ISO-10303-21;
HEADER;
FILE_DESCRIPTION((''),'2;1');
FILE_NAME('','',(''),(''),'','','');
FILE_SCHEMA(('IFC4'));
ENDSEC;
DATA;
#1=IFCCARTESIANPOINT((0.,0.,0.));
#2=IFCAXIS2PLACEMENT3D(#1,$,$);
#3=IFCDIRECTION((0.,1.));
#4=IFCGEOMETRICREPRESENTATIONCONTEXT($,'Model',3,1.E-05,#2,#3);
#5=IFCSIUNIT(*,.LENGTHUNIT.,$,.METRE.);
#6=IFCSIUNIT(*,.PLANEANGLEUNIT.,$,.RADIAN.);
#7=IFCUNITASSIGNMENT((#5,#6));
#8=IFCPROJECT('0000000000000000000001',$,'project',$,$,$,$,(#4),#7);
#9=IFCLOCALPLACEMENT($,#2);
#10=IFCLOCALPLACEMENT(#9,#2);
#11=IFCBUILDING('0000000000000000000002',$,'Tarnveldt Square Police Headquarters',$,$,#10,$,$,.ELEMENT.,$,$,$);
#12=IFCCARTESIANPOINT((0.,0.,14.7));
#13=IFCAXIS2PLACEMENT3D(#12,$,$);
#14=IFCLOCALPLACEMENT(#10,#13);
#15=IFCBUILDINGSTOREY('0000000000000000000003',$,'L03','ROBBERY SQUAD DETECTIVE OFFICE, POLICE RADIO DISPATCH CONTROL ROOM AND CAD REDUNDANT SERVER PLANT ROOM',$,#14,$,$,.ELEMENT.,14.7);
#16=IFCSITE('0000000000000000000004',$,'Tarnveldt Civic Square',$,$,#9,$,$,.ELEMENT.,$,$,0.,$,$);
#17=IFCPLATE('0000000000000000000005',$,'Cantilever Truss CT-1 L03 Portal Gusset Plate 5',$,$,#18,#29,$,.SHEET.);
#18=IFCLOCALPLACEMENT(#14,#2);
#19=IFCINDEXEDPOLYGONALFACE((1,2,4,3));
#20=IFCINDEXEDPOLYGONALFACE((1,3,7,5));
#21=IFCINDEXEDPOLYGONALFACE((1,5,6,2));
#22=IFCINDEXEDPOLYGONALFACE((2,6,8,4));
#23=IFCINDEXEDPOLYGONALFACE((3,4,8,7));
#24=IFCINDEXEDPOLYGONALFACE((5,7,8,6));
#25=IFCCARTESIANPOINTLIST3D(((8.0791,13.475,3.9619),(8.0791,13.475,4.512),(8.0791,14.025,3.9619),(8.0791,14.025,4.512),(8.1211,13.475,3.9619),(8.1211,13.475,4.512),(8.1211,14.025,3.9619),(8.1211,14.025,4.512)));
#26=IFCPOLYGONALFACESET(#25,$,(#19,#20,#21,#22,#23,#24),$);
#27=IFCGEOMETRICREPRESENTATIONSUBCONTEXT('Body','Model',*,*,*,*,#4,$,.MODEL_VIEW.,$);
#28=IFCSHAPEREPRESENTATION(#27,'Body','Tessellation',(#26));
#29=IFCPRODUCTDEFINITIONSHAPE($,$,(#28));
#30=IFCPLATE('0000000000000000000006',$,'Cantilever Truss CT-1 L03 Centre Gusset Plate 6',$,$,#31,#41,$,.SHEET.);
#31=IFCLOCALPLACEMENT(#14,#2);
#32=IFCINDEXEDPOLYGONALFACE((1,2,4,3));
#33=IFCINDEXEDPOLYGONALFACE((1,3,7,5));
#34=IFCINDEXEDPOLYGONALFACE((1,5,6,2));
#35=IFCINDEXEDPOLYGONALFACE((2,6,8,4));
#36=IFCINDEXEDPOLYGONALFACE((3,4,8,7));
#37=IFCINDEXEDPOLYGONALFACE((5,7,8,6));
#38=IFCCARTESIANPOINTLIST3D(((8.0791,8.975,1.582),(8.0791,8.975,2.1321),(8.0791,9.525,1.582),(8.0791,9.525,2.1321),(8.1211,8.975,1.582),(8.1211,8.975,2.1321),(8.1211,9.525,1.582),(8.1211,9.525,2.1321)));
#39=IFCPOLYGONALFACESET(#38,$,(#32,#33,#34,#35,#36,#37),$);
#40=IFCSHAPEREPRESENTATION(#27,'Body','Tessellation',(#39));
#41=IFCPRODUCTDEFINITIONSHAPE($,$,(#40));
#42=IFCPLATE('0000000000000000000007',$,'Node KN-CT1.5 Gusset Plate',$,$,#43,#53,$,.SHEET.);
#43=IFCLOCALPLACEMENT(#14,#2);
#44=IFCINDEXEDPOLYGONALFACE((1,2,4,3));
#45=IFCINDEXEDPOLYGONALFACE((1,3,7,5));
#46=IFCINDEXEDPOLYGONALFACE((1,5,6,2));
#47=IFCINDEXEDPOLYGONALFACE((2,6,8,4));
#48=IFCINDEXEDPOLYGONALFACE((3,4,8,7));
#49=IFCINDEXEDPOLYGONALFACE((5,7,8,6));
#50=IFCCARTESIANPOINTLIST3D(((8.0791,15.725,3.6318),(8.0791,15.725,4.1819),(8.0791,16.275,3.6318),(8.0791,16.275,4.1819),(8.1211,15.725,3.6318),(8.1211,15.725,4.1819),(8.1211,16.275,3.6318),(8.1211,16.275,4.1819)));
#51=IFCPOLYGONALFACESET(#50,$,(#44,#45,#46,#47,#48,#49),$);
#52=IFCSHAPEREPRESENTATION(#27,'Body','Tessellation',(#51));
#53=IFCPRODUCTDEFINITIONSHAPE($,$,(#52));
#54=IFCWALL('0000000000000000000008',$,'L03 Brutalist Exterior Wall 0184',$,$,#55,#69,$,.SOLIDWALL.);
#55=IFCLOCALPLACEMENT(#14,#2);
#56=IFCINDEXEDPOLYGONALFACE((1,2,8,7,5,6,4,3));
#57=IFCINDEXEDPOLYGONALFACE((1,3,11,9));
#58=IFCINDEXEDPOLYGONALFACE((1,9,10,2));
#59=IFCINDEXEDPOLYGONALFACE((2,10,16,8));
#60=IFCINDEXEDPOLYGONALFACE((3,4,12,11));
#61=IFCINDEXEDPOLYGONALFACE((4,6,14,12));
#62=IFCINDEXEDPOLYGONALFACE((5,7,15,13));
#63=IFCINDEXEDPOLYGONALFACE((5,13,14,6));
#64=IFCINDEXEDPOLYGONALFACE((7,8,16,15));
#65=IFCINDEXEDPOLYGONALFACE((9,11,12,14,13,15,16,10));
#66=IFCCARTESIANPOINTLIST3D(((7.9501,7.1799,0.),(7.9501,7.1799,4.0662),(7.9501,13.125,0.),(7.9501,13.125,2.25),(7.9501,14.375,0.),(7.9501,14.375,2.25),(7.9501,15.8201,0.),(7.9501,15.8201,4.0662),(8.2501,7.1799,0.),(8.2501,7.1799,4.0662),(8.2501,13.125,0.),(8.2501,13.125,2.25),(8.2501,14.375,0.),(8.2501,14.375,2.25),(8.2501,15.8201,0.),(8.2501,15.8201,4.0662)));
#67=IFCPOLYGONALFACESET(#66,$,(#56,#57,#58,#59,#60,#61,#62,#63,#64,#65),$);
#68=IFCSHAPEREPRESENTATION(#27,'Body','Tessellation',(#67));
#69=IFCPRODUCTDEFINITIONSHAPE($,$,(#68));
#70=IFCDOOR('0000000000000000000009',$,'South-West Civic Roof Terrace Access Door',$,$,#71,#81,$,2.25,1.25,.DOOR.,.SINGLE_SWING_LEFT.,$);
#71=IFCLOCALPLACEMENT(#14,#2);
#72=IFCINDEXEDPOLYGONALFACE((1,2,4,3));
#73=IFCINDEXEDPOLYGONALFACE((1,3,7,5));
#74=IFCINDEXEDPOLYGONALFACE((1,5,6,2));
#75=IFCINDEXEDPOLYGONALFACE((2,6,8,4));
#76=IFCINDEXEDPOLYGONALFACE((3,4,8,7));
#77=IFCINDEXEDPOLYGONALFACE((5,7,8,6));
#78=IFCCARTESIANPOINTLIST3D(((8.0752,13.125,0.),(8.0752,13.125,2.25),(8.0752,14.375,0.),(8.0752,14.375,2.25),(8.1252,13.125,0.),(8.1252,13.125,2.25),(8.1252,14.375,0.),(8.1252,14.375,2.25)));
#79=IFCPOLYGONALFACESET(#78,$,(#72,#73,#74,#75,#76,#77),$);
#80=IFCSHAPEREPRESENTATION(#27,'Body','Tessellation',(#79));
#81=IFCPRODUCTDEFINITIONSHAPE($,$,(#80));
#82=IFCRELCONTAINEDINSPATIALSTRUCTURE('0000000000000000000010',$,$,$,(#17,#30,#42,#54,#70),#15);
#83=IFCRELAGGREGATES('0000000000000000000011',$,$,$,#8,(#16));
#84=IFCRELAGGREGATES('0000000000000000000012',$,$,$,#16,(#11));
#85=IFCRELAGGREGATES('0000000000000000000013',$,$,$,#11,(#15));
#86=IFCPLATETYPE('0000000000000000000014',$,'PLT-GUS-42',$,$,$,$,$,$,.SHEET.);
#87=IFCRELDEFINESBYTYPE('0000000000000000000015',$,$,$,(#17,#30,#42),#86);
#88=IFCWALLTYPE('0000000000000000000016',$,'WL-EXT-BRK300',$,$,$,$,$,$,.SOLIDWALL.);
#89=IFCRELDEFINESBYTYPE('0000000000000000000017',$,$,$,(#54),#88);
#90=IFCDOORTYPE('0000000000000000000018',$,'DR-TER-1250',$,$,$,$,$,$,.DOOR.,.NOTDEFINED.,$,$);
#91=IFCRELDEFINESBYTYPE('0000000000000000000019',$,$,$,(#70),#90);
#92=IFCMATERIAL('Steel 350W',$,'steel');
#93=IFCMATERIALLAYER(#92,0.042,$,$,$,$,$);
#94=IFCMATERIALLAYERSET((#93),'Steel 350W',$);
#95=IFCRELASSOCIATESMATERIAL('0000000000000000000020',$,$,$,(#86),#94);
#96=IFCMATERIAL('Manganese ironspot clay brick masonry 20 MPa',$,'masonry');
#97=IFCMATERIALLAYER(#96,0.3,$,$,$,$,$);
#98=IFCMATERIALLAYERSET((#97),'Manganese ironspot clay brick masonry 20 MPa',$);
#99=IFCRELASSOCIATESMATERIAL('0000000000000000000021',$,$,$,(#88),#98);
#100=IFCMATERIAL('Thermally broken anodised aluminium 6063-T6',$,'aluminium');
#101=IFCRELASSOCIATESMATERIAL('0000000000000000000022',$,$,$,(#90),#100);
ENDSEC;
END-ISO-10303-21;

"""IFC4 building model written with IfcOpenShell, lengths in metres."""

from ifc_helpers import new_model, si_unit, direction, frame, frame_2d, origin, origin_2d, place, context, subcontext, project, spatial, rectangle, extrude, material, layer, layer_set, type_object, element, fill, save


model = new_model("IFC4")

# Units and contexts
model_context = context("Model", 3, precision=1e-05, world=origin(), true_north=direction((0.0, 1.0)))
body_context = subcontext(model_context, "Body", "Model", "MODEL_VIEW")
ifc_project = project(units=[si_unit("LENGTHUNIT", "METRE"), si_unit("PLANEANGLEUNIT", "RADIAN")], contexts=[model_context])

# Site, building, storey
site_placement = place(None, origin())
site = spatial("IfcSite", under=ifc_project, at=site_placement, Name="Tarnveldt Civic Square", CompositionType="ELEMENT", RefElevation=0.0)
building_placement = place(site_placement, origin())
building = spatial("IfcBuilding", under=site, at=building_placement, Name="Tarnveldt Square Police Headquarters", CompositionType="ELEMENT")
storey_placement = place(building_placement, frame((0.0, 0.0, 14.7)))
storey = spatial("IfcBuildingStorey", under=building, at=storey_placement, Name="L03", Description="ROBBERY SQUAD DETECTIVE OFFICE, POLICE RADIO DISPATCH CONTROL ROOM AND CAD REDUNDANT SERVER PLANT ROOM", CompositionType="ELEMENT", Elevation=14.7)

# Shared definitions
ifc_material_1 = material(Name="Steel 350W", Category="steel")

# Shared definitions
ifc_material_2 = material(Name="Thermally broken anodised aluminium 6063-T6", Category="aluminium")

# Plates
ifc_layer_1 = layer(ifc_material_1, 0.042)
ifc_layer_set_1 = layer_set([ifc_layer_1], Name="Steel 350W")
plate_type_1 = type_object("IfcPlateType", Name="PLT-GUS-42", PredefinedType="SHEET", material=ifc_layer_set_1)
for number, where, z_axis, x_axis, name in (
    (1, (8.1001, 13.75, 3.9619), (0.0, 0.0, 1.0), (1.0, 0.0, 0.0), "Cantilever Truss CT-1 L03 Portal Gusset Plate 5"),
    (2, (8.1001, 9.25, 1.582), (0.0, 0.0, 1.0), (1.0, 0.0, 0.0), "Cantilever Truss CT-1 L03 Centre Gusset Plate 6"),
    (3, (8.1001, 16.0, 3.6318), (0.0, 0.0, 1.0), (1.0, 0.0, 0.0), "Node KN-CT1.5 Gusset Plate"),
):
    element("IfcPlate", number, at=place(storey_placement, frame(where, z_axis=z_axis, x_axis=x_axis)), inside=storey, type_object=plate_type_1, Name=name, PredefinedType="SHEET", context=body_context, shape_type="SweptSolid", body=[
        extrude(rectangle(XDim=0.042, YDim=0.55, at=origin_2d()), origin(), (0.0, 0.0, 1.0), 0.55),
    ])

# Wall, opening, door
ifc_material_3 = material(Name="Manganese ironspot clay brick masonry 20 MPa", Category="masonry")
ifc_layer_2 = layer(ifc_material_3, 0.3)
ifc_layer_set_2 = layer_set([ifc_layer_2], Name="Manganese ironspot clay brick masonry 20 MPa")
wall_type = type_object("IfcWallType", Name="WL-EXT-BRK300", PredefinedType="SOLIDWALL", material=ifc_layer_set_2)
wall_placement = place(storey_placement, frame((8.1001, 15.8201, 0.0), z_axis=(0.0, 0.0, 1.0), x_axis=(0.0, -1.0, 0.0)))
wall = element("IfcWall", 4, at=wall_placement, inside=storey, type_object=wall_type, Name="L03 Brutalist Exterior Wall 0184", PredefinedType="SOLIDWALL", context=body_context, shape_type="SweptSolid", body=[
    extrude(rectangle(XDim=8.6401, YDim=0.3, at=frame_2d((4.3201, 0.0))), origin(), (0.0, 0.0, 1.0), 4.0662),
])
opening_placement = place(wall_placement, frame((1.4451, 0.0, 0.0)))
opening = element("IfcOpeningElement", 5, at=opening_placement, cuts=wall, PredefinedType="OPENING", context=body_context, shape_type="SweptSolid", body=[
    extrude(rectangle(XDim=1.25, YDim=2.25, at=frame_2d((0.625, 1.125))), frame((0.0, 0.1599, 0.0), z_axis=(0.0, -1.0, 0.0), x_axis=(1.0, 0.0, 0.0)), (0.0, 0.0, 1.0), 0.3201),
])
door_type = type_object("IfcDoorType", Name="DR-TER-1250", OperationType="NOTDEFINED", PredefinedType="DOOR", material=ifc_material_2)
door_placement = place(opening_placement, frame((1.25, 0.0, 0.0), z_axis=(0.0, 0.0, 1.0), x_axis=(-1.0, 0.0, 0.0)))
door = element("IfcDoor", 6, at=door_placement, inside=storey, type_object=door_type, Name="South-West Civic Roof Terrace Access Door", OperationType="SINGLE_SWING_LEFT", OverallHeight=2.25, OverallWidth=1.25, PredefinedType="DOOR", context=body_context, shape_type="SweptSolid", body=[
    extrude(rectangle(XDim=1.25, YDim=2.25, at=frame_2d((0.625, 1.125))), frame((0.0, 0.0249, 0.0), z_axis=(0.0, -1.0, 0.0), x_axis=(1.0, 0.0, 0.0)), (0.0, 0.0, 1.0), 0.05),
])
fill(opening, door)

save(model, "model.ifc")
